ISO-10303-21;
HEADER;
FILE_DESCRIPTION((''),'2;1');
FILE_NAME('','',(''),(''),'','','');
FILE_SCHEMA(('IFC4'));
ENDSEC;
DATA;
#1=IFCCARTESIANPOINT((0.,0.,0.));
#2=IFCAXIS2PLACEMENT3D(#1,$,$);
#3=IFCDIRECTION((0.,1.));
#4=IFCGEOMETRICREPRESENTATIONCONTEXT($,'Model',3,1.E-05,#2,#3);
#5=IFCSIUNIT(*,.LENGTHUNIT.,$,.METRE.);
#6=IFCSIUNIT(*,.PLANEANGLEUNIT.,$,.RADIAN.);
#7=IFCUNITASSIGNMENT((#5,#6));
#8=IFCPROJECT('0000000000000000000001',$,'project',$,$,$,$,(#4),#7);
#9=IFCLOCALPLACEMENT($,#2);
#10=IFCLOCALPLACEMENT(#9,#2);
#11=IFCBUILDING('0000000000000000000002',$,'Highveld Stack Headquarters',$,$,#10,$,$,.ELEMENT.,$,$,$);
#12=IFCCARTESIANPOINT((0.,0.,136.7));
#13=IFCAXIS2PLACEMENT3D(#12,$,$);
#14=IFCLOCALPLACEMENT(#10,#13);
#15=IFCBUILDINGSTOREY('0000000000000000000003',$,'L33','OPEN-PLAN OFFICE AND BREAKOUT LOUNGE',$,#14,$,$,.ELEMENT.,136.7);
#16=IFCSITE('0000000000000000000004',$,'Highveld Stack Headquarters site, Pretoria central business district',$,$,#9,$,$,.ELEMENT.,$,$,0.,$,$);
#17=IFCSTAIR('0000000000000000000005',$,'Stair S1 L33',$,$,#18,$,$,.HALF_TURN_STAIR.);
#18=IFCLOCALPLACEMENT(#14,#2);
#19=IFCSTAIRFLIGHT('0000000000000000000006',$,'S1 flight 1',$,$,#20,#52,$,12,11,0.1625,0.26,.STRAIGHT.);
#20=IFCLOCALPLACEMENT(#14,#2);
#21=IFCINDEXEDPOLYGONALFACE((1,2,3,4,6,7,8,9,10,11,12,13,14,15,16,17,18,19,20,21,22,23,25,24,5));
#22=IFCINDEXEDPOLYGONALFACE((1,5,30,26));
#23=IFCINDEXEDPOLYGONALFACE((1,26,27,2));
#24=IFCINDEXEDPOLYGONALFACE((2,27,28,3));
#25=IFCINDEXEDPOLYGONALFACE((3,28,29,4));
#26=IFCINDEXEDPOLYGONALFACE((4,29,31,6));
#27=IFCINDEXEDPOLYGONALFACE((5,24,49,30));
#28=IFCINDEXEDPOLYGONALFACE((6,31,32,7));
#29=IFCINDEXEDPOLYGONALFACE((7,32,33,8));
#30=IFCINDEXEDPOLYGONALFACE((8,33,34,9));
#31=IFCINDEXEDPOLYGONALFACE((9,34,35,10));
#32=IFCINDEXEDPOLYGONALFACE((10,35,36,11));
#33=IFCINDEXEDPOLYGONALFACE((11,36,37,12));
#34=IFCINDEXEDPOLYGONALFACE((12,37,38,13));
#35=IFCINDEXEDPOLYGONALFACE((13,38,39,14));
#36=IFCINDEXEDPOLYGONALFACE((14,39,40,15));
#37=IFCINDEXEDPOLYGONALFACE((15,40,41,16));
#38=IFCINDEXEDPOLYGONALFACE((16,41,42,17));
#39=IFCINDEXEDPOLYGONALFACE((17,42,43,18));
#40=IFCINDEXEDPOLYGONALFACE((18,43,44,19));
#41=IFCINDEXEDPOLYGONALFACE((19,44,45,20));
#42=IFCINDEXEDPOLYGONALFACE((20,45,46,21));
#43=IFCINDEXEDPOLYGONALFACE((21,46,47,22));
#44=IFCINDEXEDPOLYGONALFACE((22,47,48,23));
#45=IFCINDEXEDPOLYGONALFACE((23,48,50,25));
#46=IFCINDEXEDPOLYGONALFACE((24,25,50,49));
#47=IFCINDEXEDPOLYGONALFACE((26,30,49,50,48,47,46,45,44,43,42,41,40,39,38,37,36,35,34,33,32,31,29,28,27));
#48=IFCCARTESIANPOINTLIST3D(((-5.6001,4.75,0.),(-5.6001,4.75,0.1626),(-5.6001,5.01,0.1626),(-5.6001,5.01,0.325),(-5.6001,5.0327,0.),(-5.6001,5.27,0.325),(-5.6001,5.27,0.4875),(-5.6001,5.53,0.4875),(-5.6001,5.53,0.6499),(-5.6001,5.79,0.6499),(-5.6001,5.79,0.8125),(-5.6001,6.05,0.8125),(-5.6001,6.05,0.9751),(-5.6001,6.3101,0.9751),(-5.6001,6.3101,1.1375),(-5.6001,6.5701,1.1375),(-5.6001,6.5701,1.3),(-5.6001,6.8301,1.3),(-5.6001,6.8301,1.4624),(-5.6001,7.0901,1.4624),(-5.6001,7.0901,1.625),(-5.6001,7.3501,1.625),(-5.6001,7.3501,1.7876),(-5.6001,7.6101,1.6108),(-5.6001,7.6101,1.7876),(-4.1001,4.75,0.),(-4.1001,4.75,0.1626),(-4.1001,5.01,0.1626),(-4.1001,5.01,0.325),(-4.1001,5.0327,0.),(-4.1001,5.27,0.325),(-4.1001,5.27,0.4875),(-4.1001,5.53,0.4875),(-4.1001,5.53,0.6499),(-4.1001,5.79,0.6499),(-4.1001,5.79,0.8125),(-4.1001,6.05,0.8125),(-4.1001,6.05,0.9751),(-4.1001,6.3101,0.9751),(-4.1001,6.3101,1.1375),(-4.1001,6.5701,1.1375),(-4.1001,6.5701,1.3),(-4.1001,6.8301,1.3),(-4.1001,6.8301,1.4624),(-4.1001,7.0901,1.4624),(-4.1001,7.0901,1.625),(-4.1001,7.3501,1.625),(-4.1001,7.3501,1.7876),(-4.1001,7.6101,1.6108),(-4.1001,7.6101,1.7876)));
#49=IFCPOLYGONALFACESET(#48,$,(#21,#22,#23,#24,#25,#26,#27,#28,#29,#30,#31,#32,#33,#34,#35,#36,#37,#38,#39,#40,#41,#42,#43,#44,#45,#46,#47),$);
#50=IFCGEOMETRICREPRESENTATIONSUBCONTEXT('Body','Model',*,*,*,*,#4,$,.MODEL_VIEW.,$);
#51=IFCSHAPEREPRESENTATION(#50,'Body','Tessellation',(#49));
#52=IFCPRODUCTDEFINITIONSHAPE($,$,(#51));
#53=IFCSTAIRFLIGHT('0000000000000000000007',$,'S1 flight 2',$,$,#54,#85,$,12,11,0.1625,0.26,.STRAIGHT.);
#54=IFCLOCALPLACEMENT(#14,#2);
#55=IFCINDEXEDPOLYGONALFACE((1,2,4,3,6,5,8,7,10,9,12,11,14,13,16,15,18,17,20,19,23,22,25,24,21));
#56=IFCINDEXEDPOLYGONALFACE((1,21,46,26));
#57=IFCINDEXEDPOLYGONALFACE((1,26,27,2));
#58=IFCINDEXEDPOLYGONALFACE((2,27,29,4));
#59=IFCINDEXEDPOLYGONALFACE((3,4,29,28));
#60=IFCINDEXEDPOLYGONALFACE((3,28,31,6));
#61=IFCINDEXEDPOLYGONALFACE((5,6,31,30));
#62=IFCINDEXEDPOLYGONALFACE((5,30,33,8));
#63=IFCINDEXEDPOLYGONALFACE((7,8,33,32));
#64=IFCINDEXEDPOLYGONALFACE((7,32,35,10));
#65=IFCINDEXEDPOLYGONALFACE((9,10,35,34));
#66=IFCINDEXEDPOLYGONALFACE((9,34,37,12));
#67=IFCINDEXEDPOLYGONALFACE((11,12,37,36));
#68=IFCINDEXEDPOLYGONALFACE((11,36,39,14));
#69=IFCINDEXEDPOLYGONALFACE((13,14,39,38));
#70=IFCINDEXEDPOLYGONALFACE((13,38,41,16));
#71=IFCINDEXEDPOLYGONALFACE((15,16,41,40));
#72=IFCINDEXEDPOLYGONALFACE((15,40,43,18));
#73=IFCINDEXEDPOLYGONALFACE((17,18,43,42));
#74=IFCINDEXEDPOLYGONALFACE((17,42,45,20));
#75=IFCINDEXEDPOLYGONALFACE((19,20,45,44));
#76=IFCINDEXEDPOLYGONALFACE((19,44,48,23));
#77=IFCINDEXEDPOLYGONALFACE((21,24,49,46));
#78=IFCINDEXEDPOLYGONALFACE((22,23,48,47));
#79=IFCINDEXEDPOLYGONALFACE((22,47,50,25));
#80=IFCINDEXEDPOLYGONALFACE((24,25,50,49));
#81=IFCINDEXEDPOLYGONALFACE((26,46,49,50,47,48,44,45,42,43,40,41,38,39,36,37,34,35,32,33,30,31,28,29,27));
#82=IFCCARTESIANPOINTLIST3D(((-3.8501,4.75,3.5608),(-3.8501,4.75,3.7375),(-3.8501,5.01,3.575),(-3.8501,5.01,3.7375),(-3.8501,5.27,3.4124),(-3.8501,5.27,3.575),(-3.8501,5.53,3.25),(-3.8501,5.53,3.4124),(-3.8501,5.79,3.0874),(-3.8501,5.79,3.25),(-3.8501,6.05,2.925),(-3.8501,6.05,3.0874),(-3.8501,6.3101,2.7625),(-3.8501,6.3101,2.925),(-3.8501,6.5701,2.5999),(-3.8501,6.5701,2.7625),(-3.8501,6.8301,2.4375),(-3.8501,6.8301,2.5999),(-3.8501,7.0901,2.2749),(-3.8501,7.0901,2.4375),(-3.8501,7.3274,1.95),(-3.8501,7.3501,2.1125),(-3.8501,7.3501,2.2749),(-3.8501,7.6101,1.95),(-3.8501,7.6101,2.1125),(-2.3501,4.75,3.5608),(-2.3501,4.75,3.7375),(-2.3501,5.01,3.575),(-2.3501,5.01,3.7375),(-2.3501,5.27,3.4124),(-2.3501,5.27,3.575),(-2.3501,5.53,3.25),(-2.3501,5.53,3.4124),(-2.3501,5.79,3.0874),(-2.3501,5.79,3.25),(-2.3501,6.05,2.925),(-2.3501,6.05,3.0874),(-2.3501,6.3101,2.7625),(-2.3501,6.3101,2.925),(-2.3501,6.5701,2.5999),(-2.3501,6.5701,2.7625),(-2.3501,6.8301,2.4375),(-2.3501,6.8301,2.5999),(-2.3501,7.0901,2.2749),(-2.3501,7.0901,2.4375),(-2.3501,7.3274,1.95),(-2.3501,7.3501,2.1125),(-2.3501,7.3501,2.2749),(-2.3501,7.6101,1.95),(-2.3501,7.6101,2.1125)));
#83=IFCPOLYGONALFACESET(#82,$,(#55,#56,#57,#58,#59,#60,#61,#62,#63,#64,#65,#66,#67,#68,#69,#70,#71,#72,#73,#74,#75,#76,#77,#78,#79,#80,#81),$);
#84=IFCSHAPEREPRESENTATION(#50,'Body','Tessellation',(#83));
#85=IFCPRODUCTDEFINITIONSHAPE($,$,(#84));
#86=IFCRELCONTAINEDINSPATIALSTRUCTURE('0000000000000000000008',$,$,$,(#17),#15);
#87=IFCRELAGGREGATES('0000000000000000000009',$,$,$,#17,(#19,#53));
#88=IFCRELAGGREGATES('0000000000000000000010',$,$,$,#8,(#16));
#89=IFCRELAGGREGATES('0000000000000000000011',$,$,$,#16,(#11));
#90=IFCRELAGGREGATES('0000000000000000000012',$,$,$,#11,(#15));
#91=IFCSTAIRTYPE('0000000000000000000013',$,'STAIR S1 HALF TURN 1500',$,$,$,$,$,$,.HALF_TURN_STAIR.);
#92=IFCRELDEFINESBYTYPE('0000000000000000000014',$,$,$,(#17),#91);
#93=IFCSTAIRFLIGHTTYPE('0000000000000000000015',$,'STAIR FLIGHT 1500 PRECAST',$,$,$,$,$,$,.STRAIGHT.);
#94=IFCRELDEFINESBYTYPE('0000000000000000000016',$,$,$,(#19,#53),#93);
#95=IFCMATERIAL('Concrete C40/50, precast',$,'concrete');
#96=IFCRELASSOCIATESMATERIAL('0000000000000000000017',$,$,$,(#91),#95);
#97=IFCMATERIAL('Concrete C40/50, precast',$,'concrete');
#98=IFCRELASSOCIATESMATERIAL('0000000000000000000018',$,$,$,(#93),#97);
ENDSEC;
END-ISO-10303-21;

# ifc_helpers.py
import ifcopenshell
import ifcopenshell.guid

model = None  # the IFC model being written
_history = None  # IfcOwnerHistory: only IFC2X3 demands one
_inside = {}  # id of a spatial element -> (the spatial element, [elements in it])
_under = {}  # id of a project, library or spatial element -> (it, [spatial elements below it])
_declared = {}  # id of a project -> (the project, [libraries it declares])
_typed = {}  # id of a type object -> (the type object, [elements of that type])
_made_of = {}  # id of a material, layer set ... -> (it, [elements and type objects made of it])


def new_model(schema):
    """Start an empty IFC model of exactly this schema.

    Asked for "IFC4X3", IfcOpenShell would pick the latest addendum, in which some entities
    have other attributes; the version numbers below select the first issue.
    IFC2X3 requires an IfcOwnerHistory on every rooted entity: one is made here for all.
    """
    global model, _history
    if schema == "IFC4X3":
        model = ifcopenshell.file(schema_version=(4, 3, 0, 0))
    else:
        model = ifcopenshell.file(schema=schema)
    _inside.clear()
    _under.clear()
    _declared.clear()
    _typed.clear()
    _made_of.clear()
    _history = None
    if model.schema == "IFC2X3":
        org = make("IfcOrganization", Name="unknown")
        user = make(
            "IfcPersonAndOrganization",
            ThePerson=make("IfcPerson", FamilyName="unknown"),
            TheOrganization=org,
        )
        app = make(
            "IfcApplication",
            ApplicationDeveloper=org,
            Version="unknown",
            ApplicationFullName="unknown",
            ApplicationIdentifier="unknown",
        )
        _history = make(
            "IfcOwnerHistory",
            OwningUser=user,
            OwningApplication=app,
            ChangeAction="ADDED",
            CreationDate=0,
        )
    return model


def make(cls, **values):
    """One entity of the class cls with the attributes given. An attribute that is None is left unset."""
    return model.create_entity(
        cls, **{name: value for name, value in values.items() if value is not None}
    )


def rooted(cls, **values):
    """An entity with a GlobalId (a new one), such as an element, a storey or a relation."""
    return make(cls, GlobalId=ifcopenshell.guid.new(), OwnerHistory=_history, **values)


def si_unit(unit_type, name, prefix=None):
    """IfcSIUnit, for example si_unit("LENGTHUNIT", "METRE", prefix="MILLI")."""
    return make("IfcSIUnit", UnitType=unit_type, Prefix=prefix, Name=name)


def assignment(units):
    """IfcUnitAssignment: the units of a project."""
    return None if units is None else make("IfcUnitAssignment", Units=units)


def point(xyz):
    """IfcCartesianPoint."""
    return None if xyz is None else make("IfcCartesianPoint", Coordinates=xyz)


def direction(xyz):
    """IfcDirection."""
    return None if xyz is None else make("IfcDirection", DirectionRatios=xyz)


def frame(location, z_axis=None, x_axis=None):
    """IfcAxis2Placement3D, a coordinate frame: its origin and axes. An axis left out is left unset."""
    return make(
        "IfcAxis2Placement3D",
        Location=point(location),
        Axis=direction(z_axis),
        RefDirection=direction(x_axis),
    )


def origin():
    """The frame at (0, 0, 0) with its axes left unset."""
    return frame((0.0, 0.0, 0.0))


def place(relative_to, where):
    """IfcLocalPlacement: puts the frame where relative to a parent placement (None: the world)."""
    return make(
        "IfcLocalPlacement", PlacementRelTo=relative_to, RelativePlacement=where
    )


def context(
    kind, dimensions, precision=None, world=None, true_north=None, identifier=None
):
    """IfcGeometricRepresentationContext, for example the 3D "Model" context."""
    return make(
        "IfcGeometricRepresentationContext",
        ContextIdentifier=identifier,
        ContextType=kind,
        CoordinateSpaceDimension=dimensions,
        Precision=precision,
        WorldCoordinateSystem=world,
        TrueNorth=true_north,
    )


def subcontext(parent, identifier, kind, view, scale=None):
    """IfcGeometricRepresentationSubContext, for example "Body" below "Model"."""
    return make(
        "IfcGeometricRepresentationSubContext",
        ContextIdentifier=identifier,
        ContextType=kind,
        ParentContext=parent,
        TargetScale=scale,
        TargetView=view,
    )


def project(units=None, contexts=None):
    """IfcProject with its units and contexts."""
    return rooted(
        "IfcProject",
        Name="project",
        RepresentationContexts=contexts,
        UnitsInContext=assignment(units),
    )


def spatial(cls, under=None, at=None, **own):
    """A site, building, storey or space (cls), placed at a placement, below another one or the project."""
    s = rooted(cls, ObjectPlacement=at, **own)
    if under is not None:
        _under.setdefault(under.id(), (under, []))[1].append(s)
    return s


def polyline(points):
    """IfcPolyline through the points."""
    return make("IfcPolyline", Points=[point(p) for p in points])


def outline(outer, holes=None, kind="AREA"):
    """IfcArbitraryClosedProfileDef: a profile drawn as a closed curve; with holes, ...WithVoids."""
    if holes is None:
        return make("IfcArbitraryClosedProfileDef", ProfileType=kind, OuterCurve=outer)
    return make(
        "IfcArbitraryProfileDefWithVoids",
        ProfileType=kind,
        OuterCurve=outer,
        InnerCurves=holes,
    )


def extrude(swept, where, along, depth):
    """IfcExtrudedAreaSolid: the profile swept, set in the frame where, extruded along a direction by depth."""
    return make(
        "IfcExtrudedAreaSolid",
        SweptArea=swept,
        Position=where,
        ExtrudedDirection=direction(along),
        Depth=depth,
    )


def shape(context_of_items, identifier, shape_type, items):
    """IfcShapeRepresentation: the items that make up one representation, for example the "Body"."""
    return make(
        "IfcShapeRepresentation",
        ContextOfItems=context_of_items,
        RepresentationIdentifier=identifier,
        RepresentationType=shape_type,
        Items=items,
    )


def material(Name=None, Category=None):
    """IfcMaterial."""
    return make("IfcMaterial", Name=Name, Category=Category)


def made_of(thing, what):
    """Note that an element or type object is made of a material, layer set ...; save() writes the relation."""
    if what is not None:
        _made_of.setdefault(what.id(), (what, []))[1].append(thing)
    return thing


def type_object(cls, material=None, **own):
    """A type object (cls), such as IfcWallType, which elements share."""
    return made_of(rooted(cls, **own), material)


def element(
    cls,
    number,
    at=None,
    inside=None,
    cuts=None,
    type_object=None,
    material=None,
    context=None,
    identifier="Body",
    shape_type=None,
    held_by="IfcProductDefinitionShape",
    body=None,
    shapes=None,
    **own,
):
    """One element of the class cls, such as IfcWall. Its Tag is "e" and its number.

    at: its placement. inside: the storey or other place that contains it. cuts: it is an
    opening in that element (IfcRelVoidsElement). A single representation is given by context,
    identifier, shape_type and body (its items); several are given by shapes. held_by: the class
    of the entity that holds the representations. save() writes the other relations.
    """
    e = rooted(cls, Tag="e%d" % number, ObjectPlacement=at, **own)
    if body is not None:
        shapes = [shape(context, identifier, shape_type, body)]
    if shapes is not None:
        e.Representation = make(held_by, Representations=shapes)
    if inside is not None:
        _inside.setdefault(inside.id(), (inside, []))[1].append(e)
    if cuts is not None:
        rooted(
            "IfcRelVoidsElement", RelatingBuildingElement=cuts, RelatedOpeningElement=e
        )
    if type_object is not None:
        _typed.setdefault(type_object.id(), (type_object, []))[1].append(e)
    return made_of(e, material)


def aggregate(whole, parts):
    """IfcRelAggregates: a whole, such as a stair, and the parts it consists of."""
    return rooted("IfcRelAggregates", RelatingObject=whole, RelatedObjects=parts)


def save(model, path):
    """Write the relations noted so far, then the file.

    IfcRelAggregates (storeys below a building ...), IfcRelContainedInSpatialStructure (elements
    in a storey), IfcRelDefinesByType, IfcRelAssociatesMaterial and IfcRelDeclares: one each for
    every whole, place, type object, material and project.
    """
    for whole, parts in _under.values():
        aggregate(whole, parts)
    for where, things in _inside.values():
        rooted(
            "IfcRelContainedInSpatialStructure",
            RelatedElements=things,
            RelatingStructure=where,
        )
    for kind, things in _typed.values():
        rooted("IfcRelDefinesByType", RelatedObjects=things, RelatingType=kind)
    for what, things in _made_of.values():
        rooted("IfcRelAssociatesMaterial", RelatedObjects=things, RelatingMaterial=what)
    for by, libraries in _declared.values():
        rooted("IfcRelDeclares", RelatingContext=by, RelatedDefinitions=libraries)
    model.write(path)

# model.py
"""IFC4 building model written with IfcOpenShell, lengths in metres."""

from ifc_helpers import new_model, si_unit, direction, frame, origin, place, context, subcontext, project, spatial, polyline, outline, extrude, material, type_object, element, aggregate, save


model = new_model("IFC4")

# Units and contexts
model_context = context("Model", 3, precision=1e-05, world=origin(), true_north=direction((0.0, 1.0)))
body_context = subcontext(model_context, "Body", "Model", "MODEL_VIEW")
ifc_project = project(units=[si_unit("LENGTHUNIT", "METRE"), si_unit("PLANEANGLEUNIT", "RADIAN")], contexts=[model_context])

# Site, building, storey
site_placement = place(None, origin())
site = spatial("IfcSite", under=ifc_project, at=site_placement, Name="Highveld Stack Headquarters site, Pretoria central business district", CompositionType="ELEMENT", RefElevation=0.0)
building_placement = place(site_placement, origin())
building = spatial("IfcBuilding", under=site, at=building_placement, Name="Highveld Stack Headquarters", CompositionType="ELEMENT")
storey_placement = place(building_placement, frame((0.0, 0.0, 136.7)))
storey = spatial("IfcBuildingStorey", under=building, at=storey_placement, Name="L33", Description="OPEN-PLAN OFFICE AND BREAKOUT LOUNGE", CompositionType="ELEMENT", Elevation=136.7)

# Stair, stair flights
ifc_material_1 = material(Name="Concrete C40/50, precast", Category="concrete")
stair_type = type_object("IfcStairType", Name="STAIR S1 HALF TURN 1500", PredefinedType="HALF_TURN_STAIR", material=ifc_material_1)
stair_placement = place(storey_placement, origin())
stair = element("IfcStair", 1, at=stair_placement, inside=storey, type_object=stair_type, Name="Stair S1 L33", PredefinedType="HALF_TURN_STAIR")
ifc_material_2 = material(Name="Concrete C40/50, precast", Category="concrete")
stair_flight_type = type_object("IfcStairFlightType", Name="STAIR FLIGHT 1500 PRECAST", PredefinedType="STRAIGHT", material=ifc_material_2)
stair_flight_1_placement = place(storey_placement, frame((-4.8501, 4.75, 0.0), z_axis=(0.0, 0.0, 1.0), x_axis=(0.0, 1.0, 0.0)))
stair_flight_1 = element("IfcStairFlight", 2, at=stair_flight_1_placement, type_object=stair_flight_type, Name="S1 flight 1", NumberOfRisers=12, NumberOfTreads=11, PredefinedType="STRAIGHT", RiserHeight=0.1625, TreadLength=0.26, context=body_context, shape_type="SweptSolid", body=[
    extrude(outline(polyline([(0.0, 0.0), (0.0, 0.1626), (0.26, 0.1626), (0.26, 0.325), (0.52, 0.325), (0.52, 0.4875), (0.78, 0.4875), (0.78, 0.6499), (1.04, 0.6499), (1.04, 0.8125), (1.3, 0.8125), (1.3, 0.9751), (1.5601, 0.9751), (1.5601, 1.1375), (1.8201, 1.1375), (1.8201, 1.3), (2.0801, 1.3), (2.0801, 1.4624), (2.3401, 1.4624), (2.3401, 1.625), (2.6001, 1.625), (2.6001, 1.7876), (2.8601, 1.7876), (2.8601, 1.95), (2.8601, 1.6108), (0.2827, 0.0), (0.0, 0.0)])), frame((0.0, 0.75, 0.0), z_axis=(0.0, -1.0, 0.0), x_axis=(1.0, 0.0, 0.0)), (0.0, 0.0, 1.0), 1.5),
])
stair_flight_2_placement = place(storey_placement, frame((-3.1001, 7.6101, 1.95), z_axis=(0.0, 0.0, 1.0), x_axis=(0.0, -1.0, 0.0)))
stair_flight_2 = element("IfcStairFlight", 3, at=stair_flight_2_placement, type_object=stair_flight_type, Name="S1 flight 2", NumberOfRisers=12, NumberOfTreads=11, PredefinedType="STRAIGHT", RiserHeight=0.1625, TreadLength=0.26, context=body_context, shape_type="SweptSolid", body=[
    extrude(outline(polyline([(0.0, 0.0), (0.0, 0.1626), (0.26, 0.1626), (0.26, 0.325), (0.52, 0.325), (0.52, 0.4875), (0.78, 0.4875), (0.78, 0.6499), (1.04, 0.6499), (1.04, 0.8125), (1.3, 0.8125), (1.3, 0.9751), (1.5601, 0.9751), (1.5601, 1.1375), (1.8201, 1.1375), (1.8201, 1.3), (2.0801, 1.3), (2.0801, 1.4624), (2.3401, 1.4624), (2.3401, 1.625), (2.6001, 1.625), (2.6001, 1.7876), (2.8601, 1.7876), (2.8601, 1.95), (2.8601, 1.6108), (0.2827, 0.0), (0.0, 0.0)])), frame((0.0, 0.75, 0.0), z_axis=(0.0, -1.0, 0.0), x_axis=(1.0, 0.0, 0.0)), (0.0, 0.0, 1.0), 1.5),
])
aggregate(stair, [stair_flight_1, stair_flight_2])

save(model, "model.ifc")
